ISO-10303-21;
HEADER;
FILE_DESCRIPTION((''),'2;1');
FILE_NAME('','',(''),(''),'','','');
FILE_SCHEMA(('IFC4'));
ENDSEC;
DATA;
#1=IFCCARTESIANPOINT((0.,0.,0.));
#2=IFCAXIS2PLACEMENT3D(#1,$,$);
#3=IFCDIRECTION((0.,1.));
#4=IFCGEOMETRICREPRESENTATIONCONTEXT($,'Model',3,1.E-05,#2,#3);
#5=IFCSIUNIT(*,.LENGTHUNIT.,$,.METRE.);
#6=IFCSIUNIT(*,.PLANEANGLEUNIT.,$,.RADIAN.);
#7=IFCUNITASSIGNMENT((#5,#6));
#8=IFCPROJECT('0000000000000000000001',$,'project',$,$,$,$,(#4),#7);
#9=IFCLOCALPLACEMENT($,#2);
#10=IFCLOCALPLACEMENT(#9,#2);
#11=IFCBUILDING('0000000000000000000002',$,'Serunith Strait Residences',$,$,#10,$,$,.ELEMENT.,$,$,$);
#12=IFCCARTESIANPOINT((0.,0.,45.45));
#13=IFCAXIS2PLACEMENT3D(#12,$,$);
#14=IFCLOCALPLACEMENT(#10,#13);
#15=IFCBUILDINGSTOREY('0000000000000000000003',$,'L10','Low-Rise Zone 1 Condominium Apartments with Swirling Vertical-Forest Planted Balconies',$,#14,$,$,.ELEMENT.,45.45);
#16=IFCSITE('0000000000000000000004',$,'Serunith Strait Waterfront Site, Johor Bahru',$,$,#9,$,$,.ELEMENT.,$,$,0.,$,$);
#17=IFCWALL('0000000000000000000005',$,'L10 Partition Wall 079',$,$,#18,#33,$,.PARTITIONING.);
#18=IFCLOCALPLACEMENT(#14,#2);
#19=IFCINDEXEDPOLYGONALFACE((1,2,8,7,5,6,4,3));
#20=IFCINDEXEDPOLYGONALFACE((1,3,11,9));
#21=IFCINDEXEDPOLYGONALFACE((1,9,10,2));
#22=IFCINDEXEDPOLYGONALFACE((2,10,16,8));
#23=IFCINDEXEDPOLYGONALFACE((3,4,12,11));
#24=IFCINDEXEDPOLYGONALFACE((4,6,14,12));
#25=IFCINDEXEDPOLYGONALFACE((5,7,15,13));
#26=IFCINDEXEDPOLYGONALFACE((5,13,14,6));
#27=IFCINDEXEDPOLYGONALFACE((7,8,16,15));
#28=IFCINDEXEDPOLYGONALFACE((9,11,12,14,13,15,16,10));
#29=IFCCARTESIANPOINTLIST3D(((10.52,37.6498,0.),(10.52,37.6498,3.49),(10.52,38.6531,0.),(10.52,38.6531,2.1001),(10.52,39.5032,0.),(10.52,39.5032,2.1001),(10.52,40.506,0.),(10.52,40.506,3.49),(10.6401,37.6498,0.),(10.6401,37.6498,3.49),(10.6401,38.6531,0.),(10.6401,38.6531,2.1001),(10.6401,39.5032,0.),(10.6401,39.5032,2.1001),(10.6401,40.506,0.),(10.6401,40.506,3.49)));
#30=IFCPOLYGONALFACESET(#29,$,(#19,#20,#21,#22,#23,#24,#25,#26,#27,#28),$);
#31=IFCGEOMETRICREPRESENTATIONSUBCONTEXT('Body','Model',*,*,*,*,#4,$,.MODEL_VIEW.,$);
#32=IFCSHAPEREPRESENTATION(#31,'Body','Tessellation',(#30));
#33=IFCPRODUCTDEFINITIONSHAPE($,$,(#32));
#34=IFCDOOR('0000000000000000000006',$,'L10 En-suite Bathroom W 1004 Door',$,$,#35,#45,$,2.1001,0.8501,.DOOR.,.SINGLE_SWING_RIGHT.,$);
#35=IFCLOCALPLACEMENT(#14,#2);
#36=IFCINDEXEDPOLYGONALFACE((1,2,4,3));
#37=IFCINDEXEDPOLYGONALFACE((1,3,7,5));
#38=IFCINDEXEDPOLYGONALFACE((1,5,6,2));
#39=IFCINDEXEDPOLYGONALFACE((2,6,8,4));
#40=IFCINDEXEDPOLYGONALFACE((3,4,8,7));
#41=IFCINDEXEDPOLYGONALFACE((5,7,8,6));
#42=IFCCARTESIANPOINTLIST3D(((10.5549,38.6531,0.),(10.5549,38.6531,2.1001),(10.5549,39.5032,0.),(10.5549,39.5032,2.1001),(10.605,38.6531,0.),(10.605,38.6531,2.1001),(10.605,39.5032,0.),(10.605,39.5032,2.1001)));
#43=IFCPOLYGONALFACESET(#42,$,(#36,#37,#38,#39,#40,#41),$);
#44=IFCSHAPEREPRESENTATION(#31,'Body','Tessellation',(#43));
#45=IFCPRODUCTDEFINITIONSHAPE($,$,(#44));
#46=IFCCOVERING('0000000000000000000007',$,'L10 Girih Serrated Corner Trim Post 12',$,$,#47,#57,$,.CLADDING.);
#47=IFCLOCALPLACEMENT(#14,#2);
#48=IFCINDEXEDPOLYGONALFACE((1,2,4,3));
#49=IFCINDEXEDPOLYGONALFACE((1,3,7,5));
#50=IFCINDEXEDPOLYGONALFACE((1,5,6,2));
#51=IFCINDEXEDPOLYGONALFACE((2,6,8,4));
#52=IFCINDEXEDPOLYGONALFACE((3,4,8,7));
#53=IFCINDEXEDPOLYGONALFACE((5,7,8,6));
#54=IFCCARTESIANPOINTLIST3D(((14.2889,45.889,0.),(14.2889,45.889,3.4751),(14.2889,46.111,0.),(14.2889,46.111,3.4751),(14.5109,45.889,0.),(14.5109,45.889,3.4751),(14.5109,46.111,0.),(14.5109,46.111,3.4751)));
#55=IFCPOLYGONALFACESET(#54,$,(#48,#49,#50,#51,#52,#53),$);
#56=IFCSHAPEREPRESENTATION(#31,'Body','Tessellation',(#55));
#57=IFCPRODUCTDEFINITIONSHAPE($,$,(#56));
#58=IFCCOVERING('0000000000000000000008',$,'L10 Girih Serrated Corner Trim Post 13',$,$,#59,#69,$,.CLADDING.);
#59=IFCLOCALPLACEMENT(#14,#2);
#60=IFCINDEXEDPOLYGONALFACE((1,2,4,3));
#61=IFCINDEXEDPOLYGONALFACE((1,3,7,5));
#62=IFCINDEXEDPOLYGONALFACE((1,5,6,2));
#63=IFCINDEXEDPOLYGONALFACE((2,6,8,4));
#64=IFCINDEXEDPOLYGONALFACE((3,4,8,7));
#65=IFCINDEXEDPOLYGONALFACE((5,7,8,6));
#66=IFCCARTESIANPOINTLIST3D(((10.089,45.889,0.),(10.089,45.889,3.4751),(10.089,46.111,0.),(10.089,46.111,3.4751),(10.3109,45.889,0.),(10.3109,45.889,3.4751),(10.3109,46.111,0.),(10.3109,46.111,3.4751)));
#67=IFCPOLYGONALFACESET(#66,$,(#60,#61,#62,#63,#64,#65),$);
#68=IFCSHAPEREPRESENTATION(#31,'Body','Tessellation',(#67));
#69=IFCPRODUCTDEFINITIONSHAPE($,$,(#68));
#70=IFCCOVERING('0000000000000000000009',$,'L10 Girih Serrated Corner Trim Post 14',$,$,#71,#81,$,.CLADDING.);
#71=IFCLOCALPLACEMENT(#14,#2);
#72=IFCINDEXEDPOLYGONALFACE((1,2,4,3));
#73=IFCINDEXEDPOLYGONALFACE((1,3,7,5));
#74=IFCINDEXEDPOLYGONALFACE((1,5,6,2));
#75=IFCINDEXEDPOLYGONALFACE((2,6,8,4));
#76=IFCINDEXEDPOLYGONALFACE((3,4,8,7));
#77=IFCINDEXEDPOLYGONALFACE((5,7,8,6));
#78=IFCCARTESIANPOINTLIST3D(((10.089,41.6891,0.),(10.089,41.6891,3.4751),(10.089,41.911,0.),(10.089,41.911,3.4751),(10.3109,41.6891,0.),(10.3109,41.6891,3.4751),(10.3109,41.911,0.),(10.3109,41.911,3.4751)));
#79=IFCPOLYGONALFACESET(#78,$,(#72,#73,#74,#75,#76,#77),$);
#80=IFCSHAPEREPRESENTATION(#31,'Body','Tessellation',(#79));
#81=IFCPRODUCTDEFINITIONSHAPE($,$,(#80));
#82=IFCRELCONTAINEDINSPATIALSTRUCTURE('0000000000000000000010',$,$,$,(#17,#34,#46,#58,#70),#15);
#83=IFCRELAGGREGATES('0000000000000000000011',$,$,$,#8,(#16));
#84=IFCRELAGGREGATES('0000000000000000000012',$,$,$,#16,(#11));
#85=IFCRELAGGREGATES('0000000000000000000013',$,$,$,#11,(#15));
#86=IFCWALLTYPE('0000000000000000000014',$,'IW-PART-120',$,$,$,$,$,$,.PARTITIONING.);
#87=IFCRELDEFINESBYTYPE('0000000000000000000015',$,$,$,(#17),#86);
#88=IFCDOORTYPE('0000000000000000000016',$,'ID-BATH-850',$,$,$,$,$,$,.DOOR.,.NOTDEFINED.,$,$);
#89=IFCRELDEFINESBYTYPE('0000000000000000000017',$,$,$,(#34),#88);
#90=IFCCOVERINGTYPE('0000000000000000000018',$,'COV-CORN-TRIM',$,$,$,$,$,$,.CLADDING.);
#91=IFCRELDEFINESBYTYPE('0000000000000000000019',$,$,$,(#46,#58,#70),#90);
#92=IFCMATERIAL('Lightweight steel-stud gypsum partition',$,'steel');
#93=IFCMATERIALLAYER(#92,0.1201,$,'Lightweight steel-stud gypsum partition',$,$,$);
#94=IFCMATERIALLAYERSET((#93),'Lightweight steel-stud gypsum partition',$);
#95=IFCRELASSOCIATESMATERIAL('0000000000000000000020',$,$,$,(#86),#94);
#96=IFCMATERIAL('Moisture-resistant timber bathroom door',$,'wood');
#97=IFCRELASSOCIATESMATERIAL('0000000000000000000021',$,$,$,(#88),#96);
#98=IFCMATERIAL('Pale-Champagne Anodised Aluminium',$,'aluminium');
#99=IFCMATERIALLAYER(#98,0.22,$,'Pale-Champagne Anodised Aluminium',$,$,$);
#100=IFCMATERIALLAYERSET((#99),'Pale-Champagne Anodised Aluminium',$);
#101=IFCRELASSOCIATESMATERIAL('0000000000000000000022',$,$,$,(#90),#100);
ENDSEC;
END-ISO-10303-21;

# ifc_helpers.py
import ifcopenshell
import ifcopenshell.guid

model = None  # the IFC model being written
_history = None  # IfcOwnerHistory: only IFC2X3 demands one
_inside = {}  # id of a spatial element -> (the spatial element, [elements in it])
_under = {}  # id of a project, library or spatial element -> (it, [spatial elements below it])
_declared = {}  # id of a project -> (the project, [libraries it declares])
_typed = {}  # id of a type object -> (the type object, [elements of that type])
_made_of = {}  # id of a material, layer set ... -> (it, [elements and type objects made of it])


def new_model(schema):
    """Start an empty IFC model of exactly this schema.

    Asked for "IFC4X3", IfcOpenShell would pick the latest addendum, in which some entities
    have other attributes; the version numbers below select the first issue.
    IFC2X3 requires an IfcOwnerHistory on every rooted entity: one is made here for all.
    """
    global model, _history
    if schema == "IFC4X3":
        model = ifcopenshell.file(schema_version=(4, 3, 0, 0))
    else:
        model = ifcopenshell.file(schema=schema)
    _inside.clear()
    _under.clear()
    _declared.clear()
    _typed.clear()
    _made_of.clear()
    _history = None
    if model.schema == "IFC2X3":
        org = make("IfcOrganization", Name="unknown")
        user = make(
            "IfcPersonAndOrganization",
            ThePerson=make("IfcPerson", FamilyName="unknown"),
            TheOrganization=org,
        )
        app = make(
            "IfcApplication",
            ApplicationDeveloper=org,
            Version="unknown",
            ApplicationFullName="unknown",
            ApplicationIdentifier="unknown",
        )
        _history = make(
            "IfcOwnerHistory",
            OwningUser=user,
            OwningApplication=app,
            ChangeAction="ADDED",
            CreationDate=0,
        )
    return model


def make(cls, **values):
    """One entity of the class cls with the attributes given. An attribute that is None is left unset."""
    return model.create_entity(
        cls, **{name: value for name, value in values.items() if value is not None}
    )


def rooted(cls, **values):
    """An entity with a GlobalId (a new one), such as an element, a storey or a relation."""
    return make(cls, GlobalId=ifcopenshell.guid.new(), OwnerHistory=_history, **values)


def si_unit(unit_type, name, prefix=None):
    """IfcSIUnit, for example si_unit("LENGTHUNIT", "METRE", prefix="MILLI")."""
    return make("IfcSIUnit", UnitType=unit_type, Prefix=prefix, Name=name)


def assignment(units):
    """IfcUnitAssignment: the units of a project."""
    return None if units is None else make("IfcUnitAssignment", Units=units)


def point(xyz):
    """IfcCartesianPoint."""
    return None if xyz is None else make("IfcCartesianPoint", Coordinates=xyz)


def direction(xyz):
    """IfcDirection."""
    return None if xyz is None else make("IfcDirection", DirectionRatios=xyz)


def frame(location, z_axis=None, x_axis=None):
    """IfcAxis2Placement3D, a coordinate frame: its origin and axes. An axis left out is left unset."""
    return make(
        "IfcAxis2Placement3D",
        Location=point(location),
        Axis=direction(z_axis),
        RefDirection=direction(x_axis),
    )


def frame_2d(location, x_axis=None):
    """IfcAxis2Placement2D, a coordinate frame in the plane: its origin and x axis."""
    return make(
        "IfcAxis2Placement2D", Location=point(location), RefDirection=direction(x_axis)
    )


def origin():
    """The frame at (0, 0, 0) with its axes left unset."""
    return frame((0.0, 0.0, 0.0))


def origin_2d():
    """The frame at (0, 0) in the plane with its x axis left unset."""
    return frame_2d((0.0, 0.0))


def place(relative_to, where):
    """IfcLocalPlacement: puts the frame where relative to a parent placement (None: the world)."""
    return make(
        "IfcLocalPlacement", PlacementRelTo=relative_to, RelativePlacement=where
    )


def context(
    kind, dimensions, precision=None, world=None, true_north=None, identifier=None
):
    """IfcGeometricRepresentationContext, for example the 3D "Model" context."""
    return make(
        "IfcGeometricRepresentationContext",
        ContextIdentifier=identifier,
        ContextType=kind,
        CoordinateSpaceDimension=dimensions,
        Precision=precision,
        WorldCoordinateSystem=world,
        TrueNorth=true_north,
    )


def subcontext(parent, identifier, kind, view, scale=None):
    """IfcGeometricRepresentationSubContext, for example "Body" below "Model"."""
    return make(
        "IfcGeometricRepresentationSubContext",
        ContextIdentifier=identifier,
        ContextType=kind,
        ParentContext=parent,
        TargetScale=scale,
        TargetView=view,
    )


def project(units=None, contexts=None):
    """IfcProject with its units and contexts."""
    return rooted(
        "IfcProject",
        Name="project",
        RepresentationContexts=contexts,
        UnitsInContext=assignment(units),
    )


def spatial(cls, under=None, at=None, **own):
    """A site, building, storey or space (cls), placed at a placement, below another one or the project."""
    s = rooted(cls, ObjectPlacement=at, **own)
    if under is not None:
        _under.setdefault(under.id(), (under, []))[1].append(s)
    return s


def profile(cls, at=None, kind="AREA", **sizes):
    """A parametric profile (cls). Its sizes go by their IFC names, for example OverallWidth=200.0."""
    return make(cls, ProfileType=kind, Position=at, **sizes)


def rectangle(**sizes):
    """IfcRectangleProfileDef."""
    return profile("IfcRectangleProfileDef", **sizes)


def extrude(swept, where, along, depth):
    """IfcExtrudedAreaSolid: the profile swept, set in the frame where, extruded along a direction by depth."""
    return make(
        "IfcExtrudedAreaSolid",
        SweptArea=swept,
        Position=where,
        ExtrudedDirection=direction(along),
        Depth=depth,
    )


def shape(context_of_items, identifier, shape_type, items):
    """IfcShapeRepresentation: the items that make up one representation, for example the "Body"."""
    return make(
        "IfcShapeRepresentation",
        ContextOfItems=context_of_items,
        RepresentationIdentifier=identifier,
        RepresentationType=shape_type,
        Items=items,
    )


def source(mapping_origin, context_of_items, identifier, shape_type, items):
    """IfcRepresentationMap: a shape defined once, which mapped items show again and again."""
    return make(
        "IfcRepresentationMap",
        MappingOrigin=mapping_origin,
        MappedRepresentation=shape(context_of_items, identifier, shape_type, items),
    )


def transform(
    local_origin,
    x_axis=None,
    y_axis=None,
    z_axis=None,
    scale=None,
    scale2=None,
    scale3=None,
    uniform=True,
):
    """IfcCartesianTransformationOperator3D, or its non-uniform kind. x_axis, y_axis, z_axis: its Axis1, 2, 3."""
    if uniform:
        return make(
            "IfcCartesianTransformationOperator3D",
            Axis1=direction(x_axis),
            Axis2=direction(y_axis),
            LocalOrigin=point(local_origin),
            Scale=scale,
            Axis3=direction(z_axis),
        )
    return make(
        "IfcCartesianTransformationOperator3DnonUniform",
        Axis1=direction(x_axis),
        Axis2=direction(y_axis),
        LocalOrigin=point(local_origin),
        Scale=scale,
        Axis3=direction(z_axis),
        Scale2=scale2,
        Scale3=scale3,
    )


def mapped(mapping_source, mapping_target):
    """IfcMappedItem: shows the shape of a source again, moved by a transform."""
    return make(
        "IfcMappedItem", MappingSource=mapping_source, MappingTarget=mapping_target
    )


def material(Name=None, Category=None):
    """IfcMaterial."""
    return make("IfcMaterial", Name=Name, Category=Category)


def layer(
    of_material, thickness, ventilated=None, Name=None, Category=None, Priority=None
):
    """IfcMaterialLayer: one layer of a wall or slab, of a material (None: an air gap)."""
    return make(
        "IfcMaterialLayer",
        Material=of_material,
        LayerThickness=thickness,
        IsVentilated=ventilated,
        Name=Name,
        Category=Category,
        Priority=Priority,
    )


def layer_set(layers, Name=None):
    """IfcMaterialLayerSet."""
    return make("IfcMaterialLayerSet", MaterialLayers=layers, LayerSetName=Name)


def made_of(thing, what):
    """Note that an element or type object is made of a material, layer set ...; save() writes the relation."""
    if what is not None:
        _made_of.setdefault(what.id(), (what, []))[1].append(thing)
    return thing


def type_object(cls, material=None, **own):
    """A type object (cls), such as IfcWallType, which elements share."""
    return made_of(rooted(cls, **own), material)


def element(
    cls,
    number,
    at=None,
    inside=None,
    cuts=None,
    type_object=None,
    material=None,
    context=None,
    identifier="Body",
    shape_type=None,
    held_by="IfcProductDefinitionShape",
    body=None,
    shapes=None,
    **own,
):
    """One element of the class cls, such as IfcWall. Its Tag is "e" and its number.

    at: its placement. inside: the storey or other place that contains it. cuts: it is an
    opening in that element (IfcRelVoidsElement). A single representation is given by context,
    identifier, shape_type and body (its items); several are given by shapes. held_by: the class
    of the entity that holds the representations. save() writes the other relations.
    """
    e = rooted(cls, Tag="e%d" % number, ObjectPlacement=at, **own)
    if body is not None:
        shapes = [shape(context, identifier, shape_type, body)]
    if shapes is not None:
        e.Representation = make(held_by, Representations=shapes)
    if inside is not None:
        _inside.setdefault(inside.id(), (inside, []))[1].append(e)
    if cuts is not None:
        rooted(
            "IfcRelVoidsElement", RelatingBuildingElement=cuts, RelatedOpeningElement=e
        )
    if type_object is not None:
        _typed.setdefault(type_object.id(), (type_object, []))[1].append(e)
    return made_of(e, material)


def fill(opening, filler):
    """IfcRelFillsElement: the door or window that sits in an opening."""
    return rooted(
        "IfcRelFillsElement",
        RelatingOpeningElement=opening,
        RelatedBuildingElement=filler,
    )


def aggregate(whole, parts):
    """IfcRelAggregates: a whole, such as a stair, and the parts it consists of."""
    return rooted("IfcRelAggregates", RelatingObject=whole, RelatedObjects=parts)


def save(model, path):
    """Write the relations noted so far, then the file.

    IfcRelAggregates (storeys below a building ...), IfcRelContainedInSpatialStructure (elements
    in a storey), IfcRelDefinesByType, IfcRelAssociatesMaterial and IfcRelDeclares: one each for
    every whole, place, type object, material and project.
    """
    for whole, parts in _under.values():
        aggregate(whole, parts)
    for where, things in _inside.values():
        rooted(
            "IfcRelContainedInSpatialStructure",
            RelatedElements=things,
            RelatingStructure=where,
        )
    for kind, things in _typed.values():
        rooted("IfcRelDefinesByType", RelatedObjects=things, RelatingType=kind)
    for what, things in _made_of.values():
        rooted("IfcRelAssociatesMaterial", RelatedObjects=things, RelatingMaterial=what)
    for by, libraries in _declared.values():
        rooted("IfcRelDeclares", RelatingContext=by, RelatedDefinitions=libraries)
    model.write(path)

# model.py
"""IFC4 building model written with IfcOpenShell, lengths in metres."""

from ifc_helpers import new_model, si_unit, direction, frame, frame_2d, origin, origin_2d, place, context, subcontext, project, spatial, rectangle, extrude, source, transform, mapped, material, layer, layer_set, type_object, element, fill, save


model = new_model("IFC4")

# Units and contexts
model_context = context("Model", 3, precision=1e-05, world=origin(), true_north=direction((0.0, 1.0)))
body_context = subcontext(model_context, "Body", "Model", "MODEL_VIEW")
ifc_project = project(units=[si_unit("LENGTHUNIT", "METRE"), si_unit("PLANEANGLEUNIT", "RADIAN")], contexts=[model_context])

# Site, building, storey
site_placement = place(None, origin())
site = spatial("IfcSite", under=ifc_project, at=site_placement, Name="Serunith Strait Waterfront Site, Johor Bahru", CompositionType="ELEMENT", RefElevation=0.0)
building_placement = place(site_placement, origin())
building = spatial("IfcBuilding", under=site, at=building_placement, Name="Serunith Strait Residences", CompositionType="ELEMENT")
storey_placement = place(building_placement, frame((0.0, 0.0, 45.45)))
storey = spatial("IfcBuildingStorey", under=building, at=storey_placement, Name="L10", Description="Low-Rise Zone 1 Condominium Apartments with Swirling Vertical-Forest Planted Balconies", CompositionType="ELEMENT", Elevation=45.45)

# Shared definitions
ifc_material_1 = material(Name="Pale-Champagne Anodised Aluminium", Category="aluminium")

# Shared definitions
ifc_material_2 = material(Name="Lightweight steel-stud gypsum partition", Category="steel")
ifc_layer_1 = layer(ifc_material_2, 0.1201, Name="Lightweight steel-stud gypsum partition")
ifc_layer_set_1 = layer_set([ifc_layer_1], Name="Lightweight steel-stud gypsum partition")
wall_type_1 = type_object("IfcWallType", Name="IW-PART-120", PredefinedType="PARTITIONING", material=ifc_layer_set_1)

# Wall, opening, door
wall_1_placement = place(storey_placement, frame((10.5801, 40.5061, 0.0), z_axis=(0.0, 0.0, 1.0), x_axis=(0.0, -1.0, 0.0)))
wall_1 = element("IfcWall", 1, at=wall_1_placement, inside=storey, type_object=wall_type_1, Name="L10 Partition Wall 079", PredefinedType="PARTITIONING", context=body_context, shape_type="SweptSolid", body=[
    extrude(rectangle(XDim=2.8562, YDim=0.1201, at=frame_2d((1.4282, 0.0))), origin(), (0.0, 0.0, 1.0), 3.49),
])
opening_1_placement = place(wall_1_placement, frame((1.0029, 0.0, 0.0)))
opening_1 = element("IfcOpeningElement", 2, at=opening_1_placement, cuts=wall_1, PredefinedType="OPENING", context=body_context, shape_type="SweptSolid", body=[
    extrude(rectangle(XDim=0.8501, YDim=2.1001, at=frame_2d((0.425, 1.05))), frame((0.0, 0.0701, 0.0), z_axis=(0.0, -1.0, 0.0), x_axis=(1.0, 0.0, 0.0)), (0.0, 0.0, 1.0), 0.1401),
])
ifc_material_3 = material(Name="Moisture-resistant timber bathroom door", Category="wood")
door_type = type_object("IfcDoorType", Name="ID-BATH-850", OperationType="NOTDEFINED", PredefinedType="DOOR", material=ifc_material_3)
shared_shape_1 = source(origin(), body_context, "Body", "SweptSolid", [
    extrude(rectangle(XDim=0.8501, YDim=2.1001, at=frame_2d((0.425, 1.05))), frame((0.0, 0.0249, 0.0), z_axis=(0.0, -1.0, 0.0), x_axis=(1.0, 0.0, 0.0)), (0.0, 0.0, 1.0), 0.05),
])
door_placement = place(opening_1_placement, origin())
door = element("IfcDoor", 3, at=door_placement, inside=storey, type_object=door_type, Name="L10 En-suite Bathroom W 1004 Door", OperationType="SINGLE_SWING_RIGHT", OverallHeight=2.1001, OverallWidth=0.8501, PredefinedType="DOOR", context=body_context, shape_type="MappedRepresentation", body=[
    mapped(shared_shape_1, transform((0.0, 0.0, 0.0), scale=1.0)),
])
fill(opening_1, door)

# Coverings
ifc_layer_2 = layer(ifc_material_1, 0.22, Name="Pale-Champagne Anodised Aluminium")
ifc_layer_set_2 = layer_set([ifc_layer_2], Name="Pale-Champagne Anodised Aluminium")
covering_type = type_object("IfcCoveringType", Name="COV-CORN-TRIM", PredefinedType="CLADDING", material=ifc_layer_set_2)
shared_shape_2 = source(origin(), body_context, "Body", "SweptSolid", [
    extrude(rectangle(XDim=0.2219, YDim=0.2219, at=origin_2d()), origin(), (0.0, 0.0, 1.0), 3.4751),
])
for number, where, z_axis, x_axis, name in (
    (4, (14.3999, 46.0, 0.0), (0.0, 0.0, 1.0), (1.0, 0.0, 0.0), "L10 Girih Serrated Corner Trim Post 12"),
    (5, (10.2, 46.0, 0.0), (0.0, 0.0, 1.0), (1.0, 0.0, 0.0), "L10 Girih Serrated Corner Trim Post 13"),
    (6, (10.2, 41.8, 0.0), (0.0, 0.0, 1.0), (1.0, 0.0, 0.0), "L10 Girih Serrated Corner Trim Post 14"),
):
    element("IfcCovering", number, at=place(storey_placement, frame(where, z_axis=z_axis, x_axis=x_axis)), inside=storey, type_object=covering_type, Name=name, PredefinedType="CLADDING", context=body_context, shape_type="MappedRepresentation", body=[
        mapped(shared_shape_2, transform((0.0, 0.0, 0.0), scale=1.0)),
    ])

save(model, "model.ifc")
